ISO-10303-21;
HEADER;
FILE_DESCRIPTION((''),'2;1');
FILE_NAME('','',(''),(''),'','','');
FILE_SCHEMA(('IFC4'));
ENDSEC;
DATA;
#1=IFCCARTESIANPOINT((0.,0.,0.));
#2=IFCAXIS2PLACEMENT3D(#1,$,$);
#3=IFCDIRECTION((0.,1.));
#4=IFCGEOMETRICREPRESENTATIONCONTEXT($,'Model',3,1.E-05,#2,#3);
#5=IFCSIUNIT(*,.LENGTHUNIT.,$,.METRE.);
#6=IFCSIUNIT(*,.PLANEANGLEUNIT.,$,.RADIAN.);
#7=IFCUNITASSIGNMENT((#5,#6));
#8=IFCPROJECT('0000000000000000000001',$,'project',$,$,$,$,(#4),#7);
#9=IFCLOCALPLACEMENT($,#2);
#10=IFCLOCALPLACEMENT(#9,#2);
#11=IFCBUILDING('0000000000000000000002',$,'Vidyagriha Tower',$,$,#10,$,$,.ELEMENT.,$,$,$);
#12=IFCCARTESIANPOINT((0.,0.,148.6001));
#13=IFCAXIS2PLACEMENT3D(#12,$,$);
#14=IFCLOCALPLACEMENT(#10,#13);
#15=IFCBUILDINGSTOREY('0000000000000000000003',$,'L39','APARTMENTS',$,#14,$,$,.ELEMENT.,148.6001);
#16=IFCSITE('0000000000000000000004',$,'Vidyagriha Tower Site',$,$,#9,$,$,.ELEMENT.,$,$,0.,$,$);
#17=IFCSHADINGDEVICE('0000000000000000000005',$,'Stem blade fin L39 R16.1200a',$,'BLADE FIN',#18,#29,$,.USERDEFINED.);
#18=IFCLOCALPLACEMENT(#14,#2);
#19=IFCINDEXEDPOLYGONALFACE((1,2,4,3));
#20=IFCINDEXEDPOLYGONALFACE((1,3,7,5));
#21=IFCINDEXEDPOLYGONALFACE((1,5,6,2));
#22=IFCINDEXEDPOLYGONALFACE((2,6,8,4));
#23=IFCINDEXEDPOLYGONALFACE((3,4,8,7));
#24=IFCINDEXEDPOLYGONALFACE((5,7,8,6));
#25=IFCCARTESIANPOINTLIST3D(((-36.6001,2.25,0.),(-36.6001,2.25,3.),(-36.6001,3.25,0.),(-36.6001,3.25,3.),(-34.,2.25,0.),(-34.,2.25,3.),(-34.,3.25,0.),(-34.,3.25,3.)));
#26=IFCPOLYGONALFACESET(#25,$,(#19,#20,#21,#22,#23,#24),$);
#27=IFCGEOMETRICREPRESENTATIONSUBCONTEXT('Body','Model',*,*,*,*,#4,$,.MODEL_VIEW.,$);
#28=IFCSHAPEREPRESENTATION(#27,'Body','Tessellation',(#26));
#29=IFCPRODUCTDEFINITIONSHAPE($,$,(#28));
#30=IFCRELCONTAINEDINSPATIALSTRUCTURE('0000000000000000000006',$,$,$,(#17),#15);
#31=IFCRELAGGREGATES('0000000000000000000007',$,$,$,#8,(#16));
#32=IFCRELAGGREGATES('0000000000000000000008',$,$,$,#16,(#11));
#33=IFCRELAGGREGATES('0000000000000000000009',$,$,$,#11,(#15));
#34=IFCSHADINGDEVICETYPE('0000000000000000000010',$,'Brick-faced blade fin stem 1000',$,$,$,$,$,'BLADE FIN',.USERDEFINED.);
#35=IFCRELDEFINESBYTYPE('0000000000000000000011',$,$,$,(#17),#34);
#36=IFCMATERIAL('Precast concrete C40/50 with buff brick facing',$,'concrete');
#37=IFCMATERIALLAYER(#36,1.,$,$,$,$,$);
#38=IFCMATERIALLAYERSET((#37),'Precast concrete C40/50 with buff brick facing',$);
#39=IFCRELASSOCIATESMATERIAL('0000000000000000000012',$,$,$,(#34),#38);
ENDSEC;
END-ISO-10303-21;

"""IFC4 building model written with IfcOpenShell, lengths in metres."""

from ifc_helpers import new_model, si_unit, direction, frame, origin, place, context, subcontext, project, spatial, polyline, outline, extrude, material, layer, layer_set, type_object, element, save


model = new_model("IFC4")

# Units and contexts
model_context = context("Model", 3, precision=1e-05, world=origin(), true_north=direction((0.0, 1.0)))
body_context = subcontext(model_context, "Body", "Model", "MODEL_VIEW")
ifc_project = project(units=[si_unit("LENGTHUNIT", "METRE"), si_unit("PLANEANGLEUNIT", "RADIAN")], contexts=[model_context])

# Site, building, storey
site_placement = place(None, origin())
site = spatial("IfcSite", under=ifc_project, at=site_placement, Name="Vidyagriha Tower Site", CompositionType="ELEMENT", RefElevation=0.0)
building_placement = place(site_placement, origin())
building = spatial("IfcBuilding", under=site, at=building_placement, Name="Vidyagriha Tower", CompositionType="ELEMENT")
storey_placement = place(building_placement, frame((0.0, 0.0, 148.6001)))
storey = spatial("IfcBuildingStorey", under=building, at=storey_placement, Name="L39", Description="APARTMENTS", CompositionType="ELEMENT", Elevation=148.6001)

# Shading device
ifc_material_1 = material(Name="Precast concrete C40/50 with buff brick facing", Category="concrete")
ifc_layer_1 = layer(ifc_material_1, 1.0)
ifc_layer_set_1 = layer_set([ifc_layer_1], Name="Precast concrete C40/50 with buff brick facing")
shading_device_type_1 = type_object("IfcShadingDeviceType", Name="Brick-faced blade fin stem 1000", ElementType="BLADE FIN", PredefinedType="USERDEFINED", material=ifc_layer_set_1)
shading_device_1_placement = place(storey_placement, frame((-35.3, 3.25, 0.0), z_axis=(0.0, 0.0, 1.0), x_axis=(0.0, -1.0, 0.0)))
element("IfcShadingDevice", 1, at=shading_device_1_placement, inside=storey, type_object=shading_device_type_1, Name="Stem blade fin L39 R16.1200a", ObjectType="BLADE FIN", PredefinedType="USERDEFINED", context=body_context, shape_type="SweptSolid", body=[
    extrude(outline(polyline([(0.0, 0.0), (1.0, 0.0), (1.0, 3.0), (0.0, 3.0), (0.0, 0.0)])), frame((0.0, 1.3, 0.0), z_axis=(0.0, -1.0, 0.0), x_axis=(1.0, 0.0, 0.0)), (0.0, 0.0, 1.0), 2.6001),
])

save(model, "model.ifc")
